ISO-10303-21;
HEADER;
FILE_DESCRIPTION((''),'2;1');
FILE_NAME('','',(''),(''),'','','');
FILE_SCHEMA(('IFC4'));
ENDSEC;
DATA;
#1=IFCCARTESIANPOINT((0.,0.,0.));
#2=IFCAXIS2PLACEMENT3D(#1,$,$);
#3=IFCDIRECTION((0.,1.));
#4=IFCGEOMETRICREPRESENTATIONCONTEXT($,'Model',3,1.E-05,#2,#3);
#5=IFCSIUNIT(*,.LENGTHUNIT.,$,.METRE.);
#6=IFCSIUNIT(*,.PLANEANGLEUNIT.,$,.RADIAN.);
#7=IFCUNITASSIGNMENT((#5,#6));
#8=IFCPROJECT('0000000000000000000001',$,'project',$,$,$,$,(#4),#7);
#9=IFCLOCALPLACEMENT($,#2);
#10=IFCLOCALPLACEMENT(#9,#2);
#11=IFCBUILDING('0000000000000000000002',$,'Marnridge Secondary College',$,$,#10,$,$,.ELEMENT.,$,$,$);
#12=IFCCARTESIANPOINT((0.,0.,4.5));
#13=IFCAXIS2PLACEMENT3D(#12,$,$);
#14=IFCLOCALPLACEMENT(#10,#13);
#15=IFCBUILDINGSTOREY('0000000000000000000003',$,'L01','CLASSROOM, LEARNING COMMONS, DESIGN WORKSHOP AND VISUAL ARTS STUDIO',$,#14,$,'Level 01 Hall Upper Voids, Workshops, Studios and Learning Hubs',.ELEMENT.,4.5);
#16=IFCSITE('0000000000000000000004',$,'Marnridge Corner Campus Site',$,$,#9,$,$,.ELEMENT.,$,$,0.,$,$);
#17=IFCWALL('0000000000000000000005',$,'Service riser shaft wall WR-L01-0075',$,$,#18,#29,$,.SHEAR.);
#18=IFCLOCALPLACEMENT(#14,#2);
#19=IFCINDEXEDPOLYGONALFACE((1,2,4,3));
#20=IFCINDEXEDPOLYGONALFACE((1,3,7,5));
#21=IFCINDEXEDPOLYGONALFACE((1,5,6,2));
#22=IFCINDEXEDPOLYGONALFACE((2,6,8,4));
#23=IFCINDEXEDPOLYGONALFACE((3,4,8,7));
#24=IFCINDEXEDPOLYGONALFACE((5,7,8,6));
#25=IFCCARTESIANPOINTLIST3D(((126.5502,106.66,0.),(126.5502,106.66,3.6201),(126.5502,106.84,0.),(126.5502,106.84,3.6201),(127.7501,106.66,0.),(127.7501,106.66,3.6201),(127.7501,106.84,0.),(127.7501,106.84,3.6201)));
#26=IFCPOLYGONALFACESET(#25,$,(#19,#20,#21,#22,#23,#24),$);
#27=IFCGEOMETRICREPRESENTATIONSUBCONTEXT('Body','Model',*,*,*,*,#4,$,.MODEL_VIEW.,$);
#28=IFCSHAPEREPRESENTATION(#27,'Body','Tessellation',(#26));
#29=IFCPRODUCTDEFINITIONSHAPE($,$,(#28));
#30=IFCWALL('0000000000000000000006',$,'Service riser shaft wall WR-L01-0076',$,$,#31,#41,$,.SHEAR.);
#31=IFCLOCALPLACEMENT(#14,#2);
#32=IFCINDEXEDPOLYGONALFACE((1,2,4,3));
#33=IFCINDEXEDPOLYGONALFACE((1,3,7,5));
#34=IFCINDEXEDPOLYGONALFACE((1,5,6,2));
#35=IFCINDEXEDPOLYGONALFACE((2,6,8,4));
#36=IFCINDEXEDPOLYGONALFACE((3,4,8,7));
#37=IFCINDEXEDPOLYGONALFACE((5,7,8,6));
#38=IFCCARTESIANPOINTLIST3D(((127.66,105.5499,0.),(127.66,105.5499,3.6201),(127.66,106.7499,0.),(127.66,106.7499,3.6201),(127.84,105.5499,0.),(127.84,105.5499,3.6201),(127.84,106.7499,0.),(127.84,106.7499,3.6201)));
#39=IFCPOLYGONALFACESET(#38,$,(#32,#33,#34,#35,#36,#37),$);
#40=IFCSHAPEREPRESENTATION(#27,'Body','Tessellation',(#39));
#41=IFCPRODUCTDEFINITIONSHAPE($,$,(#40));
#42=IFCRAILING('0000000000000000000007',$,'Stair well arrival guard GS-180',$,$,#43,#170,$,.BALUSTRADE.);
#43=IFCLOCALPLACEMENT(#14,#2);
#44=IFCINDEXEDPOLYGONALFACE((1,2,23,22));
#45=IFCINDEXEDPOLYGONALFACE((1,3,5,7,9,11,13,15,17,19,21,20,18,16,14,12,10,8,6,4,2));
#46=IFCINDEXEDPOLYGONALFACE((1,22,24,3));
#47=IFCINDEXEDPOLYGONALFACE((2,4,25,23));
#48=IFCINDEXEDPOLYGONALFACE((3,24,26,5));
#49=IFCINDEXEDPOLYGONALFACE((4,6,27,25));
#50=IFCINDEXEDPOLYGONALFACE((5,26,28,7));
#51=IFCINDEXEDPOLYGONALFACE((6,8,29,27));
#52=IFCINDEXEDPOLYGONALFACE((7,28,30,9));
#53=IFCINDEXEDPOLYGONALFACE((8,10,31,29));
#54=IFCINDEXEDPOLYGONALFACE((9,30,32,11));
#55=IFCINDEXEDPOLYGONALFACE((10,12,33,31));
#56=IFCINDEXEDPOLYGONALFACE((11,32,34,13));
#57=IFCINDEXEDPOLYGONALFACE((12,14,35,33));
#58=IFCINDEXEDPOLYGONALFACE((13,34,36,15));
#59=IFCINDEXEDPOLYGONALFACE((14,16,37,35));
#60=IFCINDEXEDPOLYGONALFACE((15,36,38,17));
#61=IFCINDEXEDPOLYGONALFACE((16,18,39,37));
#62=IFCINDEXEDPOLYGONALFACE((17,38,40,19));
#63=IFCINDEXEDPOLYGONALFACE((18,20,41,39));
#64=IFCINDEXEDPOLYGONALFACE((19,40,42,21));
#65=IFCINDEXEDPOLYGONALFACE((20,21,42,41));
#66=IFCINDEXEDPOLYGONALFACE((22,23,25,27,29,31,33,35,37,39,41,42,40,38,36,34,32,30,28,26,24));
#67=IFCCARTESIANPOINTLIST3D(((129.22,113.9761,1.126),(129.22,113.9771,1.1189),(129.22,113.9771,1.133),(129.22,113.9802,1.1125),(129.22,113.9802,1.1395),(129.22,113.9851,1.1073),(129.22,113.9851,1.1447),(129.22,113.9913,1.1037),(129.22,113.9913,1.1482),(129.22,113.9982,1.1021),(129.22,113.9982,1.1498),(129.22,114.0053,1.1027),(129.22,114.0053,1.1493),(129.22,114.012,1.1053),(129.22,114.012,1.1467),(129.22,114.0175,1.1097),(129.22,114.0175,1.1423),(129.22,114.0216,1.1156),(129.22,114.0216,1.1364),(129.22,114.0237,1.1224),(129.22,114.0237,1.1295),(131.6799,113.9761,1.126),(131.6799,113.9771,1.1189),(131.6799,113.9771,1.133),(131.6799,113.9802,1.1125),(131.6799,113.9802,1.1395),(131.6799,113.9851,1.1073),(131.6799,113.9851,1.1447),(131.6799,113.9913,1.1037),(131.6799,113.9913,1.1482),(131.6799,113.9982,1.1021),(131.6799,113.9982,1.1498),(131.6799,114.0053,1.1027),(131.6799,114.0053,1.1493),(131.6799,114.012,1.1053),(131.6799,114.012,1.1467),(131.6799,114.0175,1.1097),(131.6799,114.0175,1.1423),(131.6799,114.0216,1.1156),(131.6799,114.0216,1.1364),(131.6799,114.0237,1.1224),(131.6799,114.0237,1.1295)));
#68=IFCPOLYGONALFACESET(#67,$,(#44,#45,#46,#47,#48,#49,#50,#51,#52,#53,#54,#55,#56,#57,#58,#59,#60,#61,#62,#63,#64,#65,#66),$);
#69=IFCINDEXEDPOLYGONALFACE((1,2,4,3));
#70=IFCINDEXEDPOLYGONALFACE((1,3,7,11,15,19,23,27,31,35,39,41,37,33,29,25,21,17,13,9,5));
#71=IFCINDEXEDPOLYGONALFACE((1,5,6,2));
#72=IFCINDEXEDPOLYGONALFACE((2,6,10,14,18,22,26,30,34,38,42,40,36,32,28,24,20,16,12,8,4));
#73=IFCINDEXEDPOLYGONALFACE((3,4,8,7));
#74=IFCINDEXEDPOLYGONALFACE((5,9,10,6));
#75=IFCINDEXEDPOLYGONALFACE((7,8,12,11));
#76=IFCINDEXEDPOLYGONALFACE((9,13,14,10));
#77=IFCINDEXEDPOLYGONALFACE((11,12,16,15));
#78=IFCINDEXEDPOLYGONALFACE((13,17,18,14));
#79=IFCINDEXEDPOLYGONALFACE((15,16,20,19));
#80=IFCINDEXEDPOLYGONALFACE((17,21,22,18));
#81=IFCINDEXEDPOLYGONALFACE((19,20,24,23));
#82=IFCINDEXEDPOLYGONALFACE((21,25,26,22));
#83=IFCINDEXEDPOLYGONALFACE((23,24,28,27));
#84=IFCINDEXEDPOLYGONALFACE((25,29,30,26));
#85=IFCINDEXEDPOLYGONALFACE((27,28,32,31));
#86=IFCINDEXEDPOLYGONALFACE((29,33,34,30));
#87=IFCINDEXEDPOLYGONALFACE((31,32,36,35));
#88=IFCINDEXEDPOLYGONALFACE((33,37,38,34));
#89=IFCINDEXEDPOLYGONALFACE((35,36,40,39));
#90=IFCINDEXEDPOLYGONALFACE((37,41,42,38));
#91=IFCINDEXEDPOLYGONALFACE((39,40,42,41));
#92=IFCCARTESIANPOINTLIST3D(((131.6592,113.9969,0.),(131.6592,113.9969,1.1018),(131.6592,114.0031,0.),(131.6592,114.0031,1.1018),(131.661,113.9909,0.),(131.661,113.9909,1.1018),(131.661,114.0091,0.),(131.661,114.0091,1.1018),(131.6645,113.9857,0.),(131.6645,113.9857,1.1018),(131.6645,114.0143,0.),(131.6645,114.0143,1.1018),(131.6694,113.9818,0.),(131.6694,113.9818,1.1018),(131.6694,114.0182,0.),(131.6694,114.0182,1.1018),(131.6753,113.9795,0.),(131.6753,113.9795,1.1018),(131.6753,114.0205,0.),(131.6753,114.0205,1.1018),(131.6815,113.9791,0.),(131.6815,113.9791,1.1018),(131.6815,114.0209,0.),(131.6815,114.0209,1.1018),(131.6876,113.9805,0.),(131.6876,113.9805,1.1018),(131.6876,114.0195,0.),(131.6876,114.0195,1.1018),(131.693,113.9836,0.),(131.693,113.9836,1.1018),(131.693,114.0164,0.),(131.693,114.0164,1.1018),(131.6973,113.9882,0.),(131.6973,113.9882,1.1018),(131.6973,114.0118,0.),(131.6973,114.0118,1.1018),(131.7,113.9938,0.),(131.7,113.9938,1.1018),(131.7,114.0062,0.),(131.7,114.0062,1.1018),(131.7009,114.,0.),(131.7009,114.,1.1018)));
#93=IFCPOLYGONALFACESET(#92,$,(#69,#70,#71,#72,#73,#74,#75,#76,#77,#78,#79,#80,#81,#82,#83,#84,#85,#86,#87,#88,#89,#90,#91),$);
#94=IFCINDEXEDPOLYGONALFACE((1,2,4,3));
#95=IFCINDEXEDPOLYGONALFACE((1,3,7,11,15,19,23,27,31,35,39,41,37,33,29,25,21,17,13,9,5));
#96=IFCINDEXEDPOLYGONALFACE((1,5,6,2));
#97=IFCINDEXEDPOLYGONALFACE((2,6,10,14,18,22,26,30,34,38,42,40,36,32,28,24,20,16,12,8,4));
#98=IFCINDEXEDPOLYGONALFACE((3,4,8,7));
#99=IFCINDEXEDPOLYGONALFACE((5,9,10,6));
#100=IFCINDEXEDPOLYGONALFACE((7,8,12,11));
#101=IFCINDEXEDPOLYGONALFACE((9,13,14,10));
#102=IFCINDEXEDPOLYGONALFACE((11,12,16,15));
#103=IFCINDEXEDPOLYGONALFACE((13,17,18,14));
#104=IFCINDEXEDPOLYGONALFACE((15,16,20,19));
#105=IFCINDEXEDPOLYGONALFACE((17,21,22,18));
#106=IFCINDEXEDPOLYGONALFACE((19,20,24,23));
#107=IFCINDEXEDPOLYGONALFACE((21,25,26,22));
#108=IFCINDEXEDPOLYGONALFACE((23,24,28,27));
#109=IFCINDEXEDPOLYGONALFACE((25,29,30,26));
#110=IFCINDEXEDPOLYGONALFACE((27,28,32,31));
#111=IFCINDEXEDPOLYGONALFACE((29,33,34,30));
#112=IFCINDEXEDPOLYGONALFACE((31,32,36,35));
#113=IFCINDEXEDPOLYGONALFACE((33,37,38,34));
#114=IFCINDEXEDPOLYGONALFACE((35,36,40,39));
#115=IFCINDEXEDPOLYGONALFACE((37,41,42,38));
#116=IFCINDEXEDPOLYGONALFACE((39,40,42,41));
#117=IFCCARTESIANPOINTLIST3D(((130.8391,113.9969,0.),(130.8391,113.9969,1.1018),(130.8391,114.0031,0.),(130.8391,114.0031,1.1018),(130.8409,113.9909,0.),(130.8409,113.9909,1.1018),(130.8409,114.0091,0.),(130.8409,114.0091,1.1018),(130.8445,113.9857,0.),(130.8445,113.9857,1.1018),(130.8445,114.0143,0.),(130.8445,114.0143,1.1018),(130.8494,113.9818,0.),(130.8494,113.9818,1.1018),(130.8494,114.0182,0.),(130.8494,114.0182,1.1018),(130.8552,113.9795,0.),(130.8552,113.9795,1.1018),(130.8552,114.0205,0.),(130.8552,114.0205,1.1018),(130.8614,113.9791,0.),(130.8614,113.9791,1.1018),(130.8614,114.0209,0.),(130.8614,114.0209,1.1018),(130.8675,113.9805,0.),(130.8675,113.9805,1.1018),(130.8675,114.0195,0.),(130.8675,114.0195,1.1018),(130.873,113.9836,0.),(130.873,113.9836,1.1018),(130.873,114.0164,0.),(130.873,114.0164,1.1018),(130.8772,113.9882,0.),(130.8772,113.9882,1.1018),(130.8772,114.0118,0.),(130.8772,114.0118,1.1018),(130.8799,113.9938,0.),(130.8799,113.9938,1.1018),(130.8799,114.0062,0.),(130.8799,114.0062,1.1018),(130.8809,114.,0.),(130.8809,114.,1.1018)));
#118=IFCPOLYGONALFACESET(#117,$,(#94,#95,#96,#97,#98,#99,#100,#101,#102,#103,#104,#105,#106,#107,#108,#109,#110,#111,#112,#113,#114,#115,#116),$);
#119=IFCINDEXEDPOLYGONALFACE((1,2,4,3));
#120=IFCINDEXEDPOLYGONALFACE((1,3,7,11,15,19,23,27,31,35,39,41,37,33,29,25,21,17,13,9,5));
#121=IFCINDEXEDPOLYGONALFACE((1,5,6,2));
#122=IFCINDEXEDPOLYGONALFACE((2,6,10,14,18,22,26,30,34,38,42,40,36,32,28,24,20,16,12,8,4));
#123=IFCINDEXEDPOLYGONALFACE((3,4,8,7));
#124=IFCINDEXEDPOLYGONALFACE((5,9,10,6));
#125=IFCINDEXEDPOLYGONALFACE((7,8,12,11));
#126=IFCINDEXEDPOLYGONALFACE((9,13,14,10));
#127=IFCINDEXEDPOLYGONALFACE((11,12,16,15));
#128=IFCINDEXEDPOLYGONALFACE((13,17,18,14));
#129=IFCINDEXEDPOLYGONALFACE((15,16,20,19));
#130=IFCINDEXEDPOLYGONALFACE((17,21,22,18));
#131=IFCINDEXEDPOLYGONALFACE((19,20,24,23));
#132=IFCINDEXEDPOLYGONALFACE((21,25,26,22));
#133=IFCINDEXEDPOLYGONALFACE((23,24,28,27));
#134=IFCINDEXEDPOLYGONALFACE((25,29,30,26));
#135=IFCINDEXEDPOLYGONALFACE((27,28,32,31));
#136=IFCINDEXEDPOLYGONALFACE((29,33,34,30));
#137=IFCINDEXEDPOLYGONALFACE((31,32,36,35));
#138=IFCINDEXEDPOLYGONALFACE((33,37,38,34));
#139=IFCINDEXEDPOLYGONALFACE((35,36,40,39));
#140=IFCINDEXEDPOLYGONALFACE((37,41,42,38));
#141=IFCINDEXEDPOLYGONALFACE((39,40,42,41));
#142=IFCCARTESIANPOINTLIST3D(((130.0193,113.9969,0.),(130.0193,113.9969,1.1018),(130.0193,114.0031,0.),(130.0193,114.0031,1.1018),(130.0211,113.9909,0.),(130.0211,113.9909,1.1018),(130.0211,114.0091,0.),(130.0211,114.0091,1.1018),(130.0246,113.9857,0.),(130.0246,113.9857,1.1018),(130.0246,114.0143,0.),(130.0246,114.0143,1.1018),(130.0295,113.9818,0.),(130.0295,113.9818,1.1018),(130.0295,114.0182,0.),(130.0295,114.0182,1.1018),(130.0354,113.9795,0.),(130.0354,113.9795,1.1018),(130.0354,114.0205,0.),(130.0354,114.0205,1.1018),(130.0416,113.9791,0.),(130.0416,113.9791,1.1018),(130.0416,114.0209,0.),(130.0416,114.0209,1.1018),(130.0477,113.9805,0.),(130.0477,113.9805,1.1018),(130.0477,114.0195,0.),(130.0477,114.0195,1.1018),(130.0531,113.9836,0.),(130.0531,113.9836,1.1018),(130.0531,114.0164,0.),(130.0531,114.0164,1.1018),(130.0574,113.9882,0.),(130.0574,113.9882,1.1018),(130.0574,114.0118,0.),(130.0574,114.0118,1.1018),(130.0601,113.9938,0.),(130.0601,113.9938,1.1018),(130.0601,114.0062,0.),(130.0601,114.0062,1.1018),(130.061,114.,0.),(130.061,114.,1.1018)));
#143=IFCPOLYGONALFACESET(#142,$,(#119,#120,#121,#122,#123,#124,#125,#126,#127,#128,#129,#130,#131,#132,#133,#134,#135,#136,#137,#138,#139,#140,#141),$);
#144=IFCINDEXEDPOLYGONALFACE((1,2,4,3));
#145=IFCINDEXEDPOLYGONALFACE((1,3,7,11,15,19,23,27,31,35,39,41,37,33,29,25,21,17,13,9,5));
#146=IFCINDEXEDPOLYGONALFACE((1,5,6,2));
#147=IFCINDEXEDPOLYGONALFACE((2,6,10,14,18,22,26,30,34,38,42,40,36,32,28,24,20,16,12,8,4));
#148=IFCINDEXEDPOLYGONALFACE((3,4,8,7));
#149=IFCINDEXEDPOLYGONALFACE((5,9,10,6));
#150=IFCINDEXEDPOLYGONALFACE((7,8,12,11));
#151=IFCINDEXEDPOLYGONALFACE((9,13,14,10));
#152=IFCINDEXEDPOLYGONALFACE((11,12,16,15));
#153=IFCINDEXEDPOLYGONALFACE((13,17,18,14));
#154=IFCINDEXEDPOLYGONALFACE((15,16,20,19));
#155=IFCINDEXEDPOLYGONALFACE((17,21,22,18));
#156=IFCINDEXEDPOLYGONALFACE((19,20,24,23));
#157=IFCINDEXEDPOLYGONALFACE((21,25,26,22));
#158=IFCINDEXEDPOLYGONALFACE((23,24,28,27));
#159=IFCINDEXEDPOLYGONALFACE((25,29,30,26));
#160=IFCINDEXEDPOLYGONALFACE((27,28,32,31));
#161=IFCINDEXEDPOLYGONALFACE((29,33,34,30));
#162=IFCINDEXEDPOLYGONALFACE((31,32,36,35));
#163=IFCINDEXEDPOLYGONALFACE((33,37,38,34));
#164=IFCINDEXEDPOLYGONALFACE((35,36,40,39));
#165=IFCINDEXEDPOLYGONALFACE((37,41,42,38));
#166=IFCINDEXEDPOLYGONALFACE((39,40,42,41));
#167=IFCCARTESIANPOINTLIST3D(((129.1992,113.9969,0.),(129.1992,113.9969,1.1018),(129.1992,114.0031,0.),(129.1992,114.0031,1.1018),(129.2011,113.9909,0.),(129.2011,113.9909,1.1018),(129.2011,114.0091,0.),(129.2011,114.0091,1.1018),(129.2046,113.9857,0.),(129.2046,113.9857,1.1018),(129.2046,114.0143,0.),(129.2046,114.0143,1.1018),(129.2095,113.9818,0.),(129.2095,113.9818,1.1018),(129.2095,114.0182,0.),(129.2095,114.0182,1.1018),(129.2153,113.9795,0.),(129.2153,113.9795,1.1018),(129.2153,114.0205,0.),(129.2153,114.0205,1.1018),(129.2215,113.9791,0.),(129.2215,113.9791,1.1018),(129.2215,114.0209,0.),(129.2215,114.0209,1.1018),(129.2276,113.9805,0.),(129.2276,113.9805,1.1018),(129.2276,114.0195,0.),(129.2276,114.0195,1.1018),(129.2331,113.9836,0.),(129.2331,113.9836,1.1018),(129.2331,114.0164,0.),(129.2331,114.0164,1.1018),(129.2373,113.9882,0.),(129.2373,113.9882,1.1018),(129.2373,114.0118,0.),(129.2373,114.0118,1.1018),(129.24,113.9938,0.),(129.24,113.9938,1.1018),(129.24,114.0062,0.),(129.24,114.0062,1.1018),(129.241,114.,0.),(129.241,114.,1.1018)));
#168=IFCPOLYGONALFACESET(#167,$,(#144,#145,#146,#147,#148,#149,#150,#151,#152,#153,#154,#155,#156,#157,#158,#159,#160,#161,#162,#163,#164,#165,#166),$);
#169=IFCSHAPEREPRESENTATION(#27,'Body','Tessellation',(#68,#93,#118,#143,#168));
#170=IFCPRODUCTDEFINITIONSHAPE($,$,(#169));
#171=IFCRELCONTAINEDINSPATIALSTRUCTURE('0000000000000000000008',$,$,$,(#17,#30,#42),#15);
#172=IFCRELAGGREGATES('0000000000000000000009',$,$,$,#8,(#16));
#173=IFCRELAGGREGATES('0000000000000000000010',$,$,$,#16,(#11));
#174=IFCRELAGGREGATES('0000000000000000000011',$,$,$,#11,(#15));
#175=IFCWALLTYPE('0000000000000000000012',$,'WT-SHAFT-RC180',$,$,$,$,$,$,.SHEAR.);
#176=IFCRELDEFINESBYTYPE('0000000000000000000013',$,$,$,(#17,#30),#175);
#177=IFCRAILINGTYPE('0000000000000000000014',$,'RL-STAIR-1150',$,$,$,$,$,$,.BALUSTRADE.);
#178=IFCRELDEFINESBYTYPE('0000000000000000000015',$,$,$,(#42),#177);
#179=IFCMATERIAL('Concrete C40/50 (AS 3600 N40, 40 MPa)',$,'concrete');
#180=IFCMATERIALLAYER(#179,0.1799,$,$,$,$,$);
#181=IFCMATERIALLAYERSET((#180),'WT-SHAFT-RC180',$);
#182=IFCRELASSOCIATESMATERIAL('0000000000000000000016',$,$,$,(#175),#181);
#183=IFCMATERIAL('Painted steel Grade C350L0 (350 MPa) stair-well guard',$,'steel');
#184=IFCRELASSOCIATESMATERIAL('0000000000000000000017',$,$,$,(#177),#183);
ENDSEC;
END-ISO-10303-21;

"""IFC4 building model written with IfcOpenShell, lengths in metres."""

from ifc_helpers import new_model, si_unit, direction, frame, frame_2d, origin, origin_2d, place, context, subcontext, project, spatial, rectangle, circle, extrude, material, layer, layer_set, type_object, element, save


model = new_model("IFC4")

# Units and contexts
model_context = context("Model", 3, precision=1e-05, world=origin(), true_north=direction((0.0, 1.0)))
body_context = subcontext(model_context, "Body", "Model", "MODEL_VIEW")
ifc_project = project(units=[si_unit("LENGTHUNIT", "METRE"), si_unit("PLANEANGLEUNIT", "RADIAN")], contexts=[model_context])

# Site, building, storey
site_placement = place(None, origin())
site = spatial("IfcSite", under=ifc_project, at=site_placement, Name="Marnridge Corner Campus Site", CompositionType="ELEMENT", RefElevation=0.0)
building_placement = place(site_placement, origin())
building = spatial("IfcBuilding", under=site, at=building_placement, Name="Marnridge Secondary College", CompositionType="ELEMENT")
storey_placement = place(building_placement, frame((0.0, 0.0, 4.5)))
storey = spatial("IfcBuildingStorey", under=building, at=storey_placement, Name="L01", Description="CLASSROOM, LEARNING COMMONS, DESIGN WORKSHOP AND VISUAL ARTS STUDIO", LongName="Level 01 Hall Upper Voids, Workshops, Studios and Learning Hubs", CompositionType="ELEMENT", Elevation=4.5)

# Walls
ifc_material_1 = material(Name="Concrete C40/50 (AS 3600 N40, 40 MPa)", Category="concrete")
ifc_layer_1 = layer(ifc_material_1, 0.1799)
ifc_layer_set_1 = layer_set([ifc_layer_1], Name="WT-SHAFT-RC180")
wall_type_1 = type_object("IfcWallType", Name="WT-SHAFT-RC180", PredefinedType="SHEAR", material=ifc_layer_set_1)
for number, where, z_axis, x_axis, name in (
    (1, (126.55, 106.75, 0.0), (0.0, 0.0, 1.0), (1.0, 0.0, 0.0), "Service riser shaft wall WR-L01-0075"),
    (2, (127.75, 106.75, 0.0), (0.0, 0.0, 1.0), (0.0, -1.0, 0.0), "Service riser shaft wall WR-L01-0076"),
):
    element("IfcWall", number, at=place(storey_placement, frame(where, z_axis=z_axis, x_axis=x_axis)), inside=storey, type_object=wall_type_1, Name=name, PredefinedType="SHEAR", context=body_context, shape_type="SweptSolid", body=[
        extrude(rectangle(XDim=1.2, YDim=0.1799, at=frame_2d((0.6001, 0.0))), origin(), (0.0, 0.0, 1.0), 3.6201),
    ])

# Railing
ifc_material_2 = material(Name="Painted steel Grade C350L0 (350 MPa) stair-well guard", Category="steel")
railing_type = type_object("IfcRailingType", Name="RL-STAIR-1150", PredefinedType="BALUSTRADE", material=ifc_material_2)
railing_placement = place(storey_placement, frame((131.6799, 114.0, 0.0)))
element("IfcRailing", 3, at=railing_placement, inside=storey, type_object=railing_type, Name="Stair well arrival guard GS-180", PredefinedType="BALUSTRADE", context=body_context, shape_type="SweptSolid", body=[
    extrude(circle(Radius=0.0239, at=origin_2d()), frame((0.0, 0.0, 1.126), z_axis=(-1.0, 0.0, 0.0), x_axis=(0.0, -1.0, 0.0)), (0.0, 0.0, 1.0), 2.46),
    extrude(circle(Radius=0.021, at=origin_2d()), origin(), (0.0, 0.0, 1.0), 1.1018),
    extrude(circle(Radius=0.021, at=origin_2d()), frame((-0.8201, 0.0, 0.0)), (0.0, 0.0, 1.0), 1.1018),
    extrude(circle(Radius=0.021, at=origin_2d()), frame((-1.6399, 0.0, 0.0)), (0.0, 0.0, 1.0), 1.1018),
    extrude(circle(Radius=0.021, at=origin_2d()), frame((-2.46, 0.0, 0.0)), (0.0, 0.0, 1.0), 1.1018),
])

save(model, "model.ifc")
